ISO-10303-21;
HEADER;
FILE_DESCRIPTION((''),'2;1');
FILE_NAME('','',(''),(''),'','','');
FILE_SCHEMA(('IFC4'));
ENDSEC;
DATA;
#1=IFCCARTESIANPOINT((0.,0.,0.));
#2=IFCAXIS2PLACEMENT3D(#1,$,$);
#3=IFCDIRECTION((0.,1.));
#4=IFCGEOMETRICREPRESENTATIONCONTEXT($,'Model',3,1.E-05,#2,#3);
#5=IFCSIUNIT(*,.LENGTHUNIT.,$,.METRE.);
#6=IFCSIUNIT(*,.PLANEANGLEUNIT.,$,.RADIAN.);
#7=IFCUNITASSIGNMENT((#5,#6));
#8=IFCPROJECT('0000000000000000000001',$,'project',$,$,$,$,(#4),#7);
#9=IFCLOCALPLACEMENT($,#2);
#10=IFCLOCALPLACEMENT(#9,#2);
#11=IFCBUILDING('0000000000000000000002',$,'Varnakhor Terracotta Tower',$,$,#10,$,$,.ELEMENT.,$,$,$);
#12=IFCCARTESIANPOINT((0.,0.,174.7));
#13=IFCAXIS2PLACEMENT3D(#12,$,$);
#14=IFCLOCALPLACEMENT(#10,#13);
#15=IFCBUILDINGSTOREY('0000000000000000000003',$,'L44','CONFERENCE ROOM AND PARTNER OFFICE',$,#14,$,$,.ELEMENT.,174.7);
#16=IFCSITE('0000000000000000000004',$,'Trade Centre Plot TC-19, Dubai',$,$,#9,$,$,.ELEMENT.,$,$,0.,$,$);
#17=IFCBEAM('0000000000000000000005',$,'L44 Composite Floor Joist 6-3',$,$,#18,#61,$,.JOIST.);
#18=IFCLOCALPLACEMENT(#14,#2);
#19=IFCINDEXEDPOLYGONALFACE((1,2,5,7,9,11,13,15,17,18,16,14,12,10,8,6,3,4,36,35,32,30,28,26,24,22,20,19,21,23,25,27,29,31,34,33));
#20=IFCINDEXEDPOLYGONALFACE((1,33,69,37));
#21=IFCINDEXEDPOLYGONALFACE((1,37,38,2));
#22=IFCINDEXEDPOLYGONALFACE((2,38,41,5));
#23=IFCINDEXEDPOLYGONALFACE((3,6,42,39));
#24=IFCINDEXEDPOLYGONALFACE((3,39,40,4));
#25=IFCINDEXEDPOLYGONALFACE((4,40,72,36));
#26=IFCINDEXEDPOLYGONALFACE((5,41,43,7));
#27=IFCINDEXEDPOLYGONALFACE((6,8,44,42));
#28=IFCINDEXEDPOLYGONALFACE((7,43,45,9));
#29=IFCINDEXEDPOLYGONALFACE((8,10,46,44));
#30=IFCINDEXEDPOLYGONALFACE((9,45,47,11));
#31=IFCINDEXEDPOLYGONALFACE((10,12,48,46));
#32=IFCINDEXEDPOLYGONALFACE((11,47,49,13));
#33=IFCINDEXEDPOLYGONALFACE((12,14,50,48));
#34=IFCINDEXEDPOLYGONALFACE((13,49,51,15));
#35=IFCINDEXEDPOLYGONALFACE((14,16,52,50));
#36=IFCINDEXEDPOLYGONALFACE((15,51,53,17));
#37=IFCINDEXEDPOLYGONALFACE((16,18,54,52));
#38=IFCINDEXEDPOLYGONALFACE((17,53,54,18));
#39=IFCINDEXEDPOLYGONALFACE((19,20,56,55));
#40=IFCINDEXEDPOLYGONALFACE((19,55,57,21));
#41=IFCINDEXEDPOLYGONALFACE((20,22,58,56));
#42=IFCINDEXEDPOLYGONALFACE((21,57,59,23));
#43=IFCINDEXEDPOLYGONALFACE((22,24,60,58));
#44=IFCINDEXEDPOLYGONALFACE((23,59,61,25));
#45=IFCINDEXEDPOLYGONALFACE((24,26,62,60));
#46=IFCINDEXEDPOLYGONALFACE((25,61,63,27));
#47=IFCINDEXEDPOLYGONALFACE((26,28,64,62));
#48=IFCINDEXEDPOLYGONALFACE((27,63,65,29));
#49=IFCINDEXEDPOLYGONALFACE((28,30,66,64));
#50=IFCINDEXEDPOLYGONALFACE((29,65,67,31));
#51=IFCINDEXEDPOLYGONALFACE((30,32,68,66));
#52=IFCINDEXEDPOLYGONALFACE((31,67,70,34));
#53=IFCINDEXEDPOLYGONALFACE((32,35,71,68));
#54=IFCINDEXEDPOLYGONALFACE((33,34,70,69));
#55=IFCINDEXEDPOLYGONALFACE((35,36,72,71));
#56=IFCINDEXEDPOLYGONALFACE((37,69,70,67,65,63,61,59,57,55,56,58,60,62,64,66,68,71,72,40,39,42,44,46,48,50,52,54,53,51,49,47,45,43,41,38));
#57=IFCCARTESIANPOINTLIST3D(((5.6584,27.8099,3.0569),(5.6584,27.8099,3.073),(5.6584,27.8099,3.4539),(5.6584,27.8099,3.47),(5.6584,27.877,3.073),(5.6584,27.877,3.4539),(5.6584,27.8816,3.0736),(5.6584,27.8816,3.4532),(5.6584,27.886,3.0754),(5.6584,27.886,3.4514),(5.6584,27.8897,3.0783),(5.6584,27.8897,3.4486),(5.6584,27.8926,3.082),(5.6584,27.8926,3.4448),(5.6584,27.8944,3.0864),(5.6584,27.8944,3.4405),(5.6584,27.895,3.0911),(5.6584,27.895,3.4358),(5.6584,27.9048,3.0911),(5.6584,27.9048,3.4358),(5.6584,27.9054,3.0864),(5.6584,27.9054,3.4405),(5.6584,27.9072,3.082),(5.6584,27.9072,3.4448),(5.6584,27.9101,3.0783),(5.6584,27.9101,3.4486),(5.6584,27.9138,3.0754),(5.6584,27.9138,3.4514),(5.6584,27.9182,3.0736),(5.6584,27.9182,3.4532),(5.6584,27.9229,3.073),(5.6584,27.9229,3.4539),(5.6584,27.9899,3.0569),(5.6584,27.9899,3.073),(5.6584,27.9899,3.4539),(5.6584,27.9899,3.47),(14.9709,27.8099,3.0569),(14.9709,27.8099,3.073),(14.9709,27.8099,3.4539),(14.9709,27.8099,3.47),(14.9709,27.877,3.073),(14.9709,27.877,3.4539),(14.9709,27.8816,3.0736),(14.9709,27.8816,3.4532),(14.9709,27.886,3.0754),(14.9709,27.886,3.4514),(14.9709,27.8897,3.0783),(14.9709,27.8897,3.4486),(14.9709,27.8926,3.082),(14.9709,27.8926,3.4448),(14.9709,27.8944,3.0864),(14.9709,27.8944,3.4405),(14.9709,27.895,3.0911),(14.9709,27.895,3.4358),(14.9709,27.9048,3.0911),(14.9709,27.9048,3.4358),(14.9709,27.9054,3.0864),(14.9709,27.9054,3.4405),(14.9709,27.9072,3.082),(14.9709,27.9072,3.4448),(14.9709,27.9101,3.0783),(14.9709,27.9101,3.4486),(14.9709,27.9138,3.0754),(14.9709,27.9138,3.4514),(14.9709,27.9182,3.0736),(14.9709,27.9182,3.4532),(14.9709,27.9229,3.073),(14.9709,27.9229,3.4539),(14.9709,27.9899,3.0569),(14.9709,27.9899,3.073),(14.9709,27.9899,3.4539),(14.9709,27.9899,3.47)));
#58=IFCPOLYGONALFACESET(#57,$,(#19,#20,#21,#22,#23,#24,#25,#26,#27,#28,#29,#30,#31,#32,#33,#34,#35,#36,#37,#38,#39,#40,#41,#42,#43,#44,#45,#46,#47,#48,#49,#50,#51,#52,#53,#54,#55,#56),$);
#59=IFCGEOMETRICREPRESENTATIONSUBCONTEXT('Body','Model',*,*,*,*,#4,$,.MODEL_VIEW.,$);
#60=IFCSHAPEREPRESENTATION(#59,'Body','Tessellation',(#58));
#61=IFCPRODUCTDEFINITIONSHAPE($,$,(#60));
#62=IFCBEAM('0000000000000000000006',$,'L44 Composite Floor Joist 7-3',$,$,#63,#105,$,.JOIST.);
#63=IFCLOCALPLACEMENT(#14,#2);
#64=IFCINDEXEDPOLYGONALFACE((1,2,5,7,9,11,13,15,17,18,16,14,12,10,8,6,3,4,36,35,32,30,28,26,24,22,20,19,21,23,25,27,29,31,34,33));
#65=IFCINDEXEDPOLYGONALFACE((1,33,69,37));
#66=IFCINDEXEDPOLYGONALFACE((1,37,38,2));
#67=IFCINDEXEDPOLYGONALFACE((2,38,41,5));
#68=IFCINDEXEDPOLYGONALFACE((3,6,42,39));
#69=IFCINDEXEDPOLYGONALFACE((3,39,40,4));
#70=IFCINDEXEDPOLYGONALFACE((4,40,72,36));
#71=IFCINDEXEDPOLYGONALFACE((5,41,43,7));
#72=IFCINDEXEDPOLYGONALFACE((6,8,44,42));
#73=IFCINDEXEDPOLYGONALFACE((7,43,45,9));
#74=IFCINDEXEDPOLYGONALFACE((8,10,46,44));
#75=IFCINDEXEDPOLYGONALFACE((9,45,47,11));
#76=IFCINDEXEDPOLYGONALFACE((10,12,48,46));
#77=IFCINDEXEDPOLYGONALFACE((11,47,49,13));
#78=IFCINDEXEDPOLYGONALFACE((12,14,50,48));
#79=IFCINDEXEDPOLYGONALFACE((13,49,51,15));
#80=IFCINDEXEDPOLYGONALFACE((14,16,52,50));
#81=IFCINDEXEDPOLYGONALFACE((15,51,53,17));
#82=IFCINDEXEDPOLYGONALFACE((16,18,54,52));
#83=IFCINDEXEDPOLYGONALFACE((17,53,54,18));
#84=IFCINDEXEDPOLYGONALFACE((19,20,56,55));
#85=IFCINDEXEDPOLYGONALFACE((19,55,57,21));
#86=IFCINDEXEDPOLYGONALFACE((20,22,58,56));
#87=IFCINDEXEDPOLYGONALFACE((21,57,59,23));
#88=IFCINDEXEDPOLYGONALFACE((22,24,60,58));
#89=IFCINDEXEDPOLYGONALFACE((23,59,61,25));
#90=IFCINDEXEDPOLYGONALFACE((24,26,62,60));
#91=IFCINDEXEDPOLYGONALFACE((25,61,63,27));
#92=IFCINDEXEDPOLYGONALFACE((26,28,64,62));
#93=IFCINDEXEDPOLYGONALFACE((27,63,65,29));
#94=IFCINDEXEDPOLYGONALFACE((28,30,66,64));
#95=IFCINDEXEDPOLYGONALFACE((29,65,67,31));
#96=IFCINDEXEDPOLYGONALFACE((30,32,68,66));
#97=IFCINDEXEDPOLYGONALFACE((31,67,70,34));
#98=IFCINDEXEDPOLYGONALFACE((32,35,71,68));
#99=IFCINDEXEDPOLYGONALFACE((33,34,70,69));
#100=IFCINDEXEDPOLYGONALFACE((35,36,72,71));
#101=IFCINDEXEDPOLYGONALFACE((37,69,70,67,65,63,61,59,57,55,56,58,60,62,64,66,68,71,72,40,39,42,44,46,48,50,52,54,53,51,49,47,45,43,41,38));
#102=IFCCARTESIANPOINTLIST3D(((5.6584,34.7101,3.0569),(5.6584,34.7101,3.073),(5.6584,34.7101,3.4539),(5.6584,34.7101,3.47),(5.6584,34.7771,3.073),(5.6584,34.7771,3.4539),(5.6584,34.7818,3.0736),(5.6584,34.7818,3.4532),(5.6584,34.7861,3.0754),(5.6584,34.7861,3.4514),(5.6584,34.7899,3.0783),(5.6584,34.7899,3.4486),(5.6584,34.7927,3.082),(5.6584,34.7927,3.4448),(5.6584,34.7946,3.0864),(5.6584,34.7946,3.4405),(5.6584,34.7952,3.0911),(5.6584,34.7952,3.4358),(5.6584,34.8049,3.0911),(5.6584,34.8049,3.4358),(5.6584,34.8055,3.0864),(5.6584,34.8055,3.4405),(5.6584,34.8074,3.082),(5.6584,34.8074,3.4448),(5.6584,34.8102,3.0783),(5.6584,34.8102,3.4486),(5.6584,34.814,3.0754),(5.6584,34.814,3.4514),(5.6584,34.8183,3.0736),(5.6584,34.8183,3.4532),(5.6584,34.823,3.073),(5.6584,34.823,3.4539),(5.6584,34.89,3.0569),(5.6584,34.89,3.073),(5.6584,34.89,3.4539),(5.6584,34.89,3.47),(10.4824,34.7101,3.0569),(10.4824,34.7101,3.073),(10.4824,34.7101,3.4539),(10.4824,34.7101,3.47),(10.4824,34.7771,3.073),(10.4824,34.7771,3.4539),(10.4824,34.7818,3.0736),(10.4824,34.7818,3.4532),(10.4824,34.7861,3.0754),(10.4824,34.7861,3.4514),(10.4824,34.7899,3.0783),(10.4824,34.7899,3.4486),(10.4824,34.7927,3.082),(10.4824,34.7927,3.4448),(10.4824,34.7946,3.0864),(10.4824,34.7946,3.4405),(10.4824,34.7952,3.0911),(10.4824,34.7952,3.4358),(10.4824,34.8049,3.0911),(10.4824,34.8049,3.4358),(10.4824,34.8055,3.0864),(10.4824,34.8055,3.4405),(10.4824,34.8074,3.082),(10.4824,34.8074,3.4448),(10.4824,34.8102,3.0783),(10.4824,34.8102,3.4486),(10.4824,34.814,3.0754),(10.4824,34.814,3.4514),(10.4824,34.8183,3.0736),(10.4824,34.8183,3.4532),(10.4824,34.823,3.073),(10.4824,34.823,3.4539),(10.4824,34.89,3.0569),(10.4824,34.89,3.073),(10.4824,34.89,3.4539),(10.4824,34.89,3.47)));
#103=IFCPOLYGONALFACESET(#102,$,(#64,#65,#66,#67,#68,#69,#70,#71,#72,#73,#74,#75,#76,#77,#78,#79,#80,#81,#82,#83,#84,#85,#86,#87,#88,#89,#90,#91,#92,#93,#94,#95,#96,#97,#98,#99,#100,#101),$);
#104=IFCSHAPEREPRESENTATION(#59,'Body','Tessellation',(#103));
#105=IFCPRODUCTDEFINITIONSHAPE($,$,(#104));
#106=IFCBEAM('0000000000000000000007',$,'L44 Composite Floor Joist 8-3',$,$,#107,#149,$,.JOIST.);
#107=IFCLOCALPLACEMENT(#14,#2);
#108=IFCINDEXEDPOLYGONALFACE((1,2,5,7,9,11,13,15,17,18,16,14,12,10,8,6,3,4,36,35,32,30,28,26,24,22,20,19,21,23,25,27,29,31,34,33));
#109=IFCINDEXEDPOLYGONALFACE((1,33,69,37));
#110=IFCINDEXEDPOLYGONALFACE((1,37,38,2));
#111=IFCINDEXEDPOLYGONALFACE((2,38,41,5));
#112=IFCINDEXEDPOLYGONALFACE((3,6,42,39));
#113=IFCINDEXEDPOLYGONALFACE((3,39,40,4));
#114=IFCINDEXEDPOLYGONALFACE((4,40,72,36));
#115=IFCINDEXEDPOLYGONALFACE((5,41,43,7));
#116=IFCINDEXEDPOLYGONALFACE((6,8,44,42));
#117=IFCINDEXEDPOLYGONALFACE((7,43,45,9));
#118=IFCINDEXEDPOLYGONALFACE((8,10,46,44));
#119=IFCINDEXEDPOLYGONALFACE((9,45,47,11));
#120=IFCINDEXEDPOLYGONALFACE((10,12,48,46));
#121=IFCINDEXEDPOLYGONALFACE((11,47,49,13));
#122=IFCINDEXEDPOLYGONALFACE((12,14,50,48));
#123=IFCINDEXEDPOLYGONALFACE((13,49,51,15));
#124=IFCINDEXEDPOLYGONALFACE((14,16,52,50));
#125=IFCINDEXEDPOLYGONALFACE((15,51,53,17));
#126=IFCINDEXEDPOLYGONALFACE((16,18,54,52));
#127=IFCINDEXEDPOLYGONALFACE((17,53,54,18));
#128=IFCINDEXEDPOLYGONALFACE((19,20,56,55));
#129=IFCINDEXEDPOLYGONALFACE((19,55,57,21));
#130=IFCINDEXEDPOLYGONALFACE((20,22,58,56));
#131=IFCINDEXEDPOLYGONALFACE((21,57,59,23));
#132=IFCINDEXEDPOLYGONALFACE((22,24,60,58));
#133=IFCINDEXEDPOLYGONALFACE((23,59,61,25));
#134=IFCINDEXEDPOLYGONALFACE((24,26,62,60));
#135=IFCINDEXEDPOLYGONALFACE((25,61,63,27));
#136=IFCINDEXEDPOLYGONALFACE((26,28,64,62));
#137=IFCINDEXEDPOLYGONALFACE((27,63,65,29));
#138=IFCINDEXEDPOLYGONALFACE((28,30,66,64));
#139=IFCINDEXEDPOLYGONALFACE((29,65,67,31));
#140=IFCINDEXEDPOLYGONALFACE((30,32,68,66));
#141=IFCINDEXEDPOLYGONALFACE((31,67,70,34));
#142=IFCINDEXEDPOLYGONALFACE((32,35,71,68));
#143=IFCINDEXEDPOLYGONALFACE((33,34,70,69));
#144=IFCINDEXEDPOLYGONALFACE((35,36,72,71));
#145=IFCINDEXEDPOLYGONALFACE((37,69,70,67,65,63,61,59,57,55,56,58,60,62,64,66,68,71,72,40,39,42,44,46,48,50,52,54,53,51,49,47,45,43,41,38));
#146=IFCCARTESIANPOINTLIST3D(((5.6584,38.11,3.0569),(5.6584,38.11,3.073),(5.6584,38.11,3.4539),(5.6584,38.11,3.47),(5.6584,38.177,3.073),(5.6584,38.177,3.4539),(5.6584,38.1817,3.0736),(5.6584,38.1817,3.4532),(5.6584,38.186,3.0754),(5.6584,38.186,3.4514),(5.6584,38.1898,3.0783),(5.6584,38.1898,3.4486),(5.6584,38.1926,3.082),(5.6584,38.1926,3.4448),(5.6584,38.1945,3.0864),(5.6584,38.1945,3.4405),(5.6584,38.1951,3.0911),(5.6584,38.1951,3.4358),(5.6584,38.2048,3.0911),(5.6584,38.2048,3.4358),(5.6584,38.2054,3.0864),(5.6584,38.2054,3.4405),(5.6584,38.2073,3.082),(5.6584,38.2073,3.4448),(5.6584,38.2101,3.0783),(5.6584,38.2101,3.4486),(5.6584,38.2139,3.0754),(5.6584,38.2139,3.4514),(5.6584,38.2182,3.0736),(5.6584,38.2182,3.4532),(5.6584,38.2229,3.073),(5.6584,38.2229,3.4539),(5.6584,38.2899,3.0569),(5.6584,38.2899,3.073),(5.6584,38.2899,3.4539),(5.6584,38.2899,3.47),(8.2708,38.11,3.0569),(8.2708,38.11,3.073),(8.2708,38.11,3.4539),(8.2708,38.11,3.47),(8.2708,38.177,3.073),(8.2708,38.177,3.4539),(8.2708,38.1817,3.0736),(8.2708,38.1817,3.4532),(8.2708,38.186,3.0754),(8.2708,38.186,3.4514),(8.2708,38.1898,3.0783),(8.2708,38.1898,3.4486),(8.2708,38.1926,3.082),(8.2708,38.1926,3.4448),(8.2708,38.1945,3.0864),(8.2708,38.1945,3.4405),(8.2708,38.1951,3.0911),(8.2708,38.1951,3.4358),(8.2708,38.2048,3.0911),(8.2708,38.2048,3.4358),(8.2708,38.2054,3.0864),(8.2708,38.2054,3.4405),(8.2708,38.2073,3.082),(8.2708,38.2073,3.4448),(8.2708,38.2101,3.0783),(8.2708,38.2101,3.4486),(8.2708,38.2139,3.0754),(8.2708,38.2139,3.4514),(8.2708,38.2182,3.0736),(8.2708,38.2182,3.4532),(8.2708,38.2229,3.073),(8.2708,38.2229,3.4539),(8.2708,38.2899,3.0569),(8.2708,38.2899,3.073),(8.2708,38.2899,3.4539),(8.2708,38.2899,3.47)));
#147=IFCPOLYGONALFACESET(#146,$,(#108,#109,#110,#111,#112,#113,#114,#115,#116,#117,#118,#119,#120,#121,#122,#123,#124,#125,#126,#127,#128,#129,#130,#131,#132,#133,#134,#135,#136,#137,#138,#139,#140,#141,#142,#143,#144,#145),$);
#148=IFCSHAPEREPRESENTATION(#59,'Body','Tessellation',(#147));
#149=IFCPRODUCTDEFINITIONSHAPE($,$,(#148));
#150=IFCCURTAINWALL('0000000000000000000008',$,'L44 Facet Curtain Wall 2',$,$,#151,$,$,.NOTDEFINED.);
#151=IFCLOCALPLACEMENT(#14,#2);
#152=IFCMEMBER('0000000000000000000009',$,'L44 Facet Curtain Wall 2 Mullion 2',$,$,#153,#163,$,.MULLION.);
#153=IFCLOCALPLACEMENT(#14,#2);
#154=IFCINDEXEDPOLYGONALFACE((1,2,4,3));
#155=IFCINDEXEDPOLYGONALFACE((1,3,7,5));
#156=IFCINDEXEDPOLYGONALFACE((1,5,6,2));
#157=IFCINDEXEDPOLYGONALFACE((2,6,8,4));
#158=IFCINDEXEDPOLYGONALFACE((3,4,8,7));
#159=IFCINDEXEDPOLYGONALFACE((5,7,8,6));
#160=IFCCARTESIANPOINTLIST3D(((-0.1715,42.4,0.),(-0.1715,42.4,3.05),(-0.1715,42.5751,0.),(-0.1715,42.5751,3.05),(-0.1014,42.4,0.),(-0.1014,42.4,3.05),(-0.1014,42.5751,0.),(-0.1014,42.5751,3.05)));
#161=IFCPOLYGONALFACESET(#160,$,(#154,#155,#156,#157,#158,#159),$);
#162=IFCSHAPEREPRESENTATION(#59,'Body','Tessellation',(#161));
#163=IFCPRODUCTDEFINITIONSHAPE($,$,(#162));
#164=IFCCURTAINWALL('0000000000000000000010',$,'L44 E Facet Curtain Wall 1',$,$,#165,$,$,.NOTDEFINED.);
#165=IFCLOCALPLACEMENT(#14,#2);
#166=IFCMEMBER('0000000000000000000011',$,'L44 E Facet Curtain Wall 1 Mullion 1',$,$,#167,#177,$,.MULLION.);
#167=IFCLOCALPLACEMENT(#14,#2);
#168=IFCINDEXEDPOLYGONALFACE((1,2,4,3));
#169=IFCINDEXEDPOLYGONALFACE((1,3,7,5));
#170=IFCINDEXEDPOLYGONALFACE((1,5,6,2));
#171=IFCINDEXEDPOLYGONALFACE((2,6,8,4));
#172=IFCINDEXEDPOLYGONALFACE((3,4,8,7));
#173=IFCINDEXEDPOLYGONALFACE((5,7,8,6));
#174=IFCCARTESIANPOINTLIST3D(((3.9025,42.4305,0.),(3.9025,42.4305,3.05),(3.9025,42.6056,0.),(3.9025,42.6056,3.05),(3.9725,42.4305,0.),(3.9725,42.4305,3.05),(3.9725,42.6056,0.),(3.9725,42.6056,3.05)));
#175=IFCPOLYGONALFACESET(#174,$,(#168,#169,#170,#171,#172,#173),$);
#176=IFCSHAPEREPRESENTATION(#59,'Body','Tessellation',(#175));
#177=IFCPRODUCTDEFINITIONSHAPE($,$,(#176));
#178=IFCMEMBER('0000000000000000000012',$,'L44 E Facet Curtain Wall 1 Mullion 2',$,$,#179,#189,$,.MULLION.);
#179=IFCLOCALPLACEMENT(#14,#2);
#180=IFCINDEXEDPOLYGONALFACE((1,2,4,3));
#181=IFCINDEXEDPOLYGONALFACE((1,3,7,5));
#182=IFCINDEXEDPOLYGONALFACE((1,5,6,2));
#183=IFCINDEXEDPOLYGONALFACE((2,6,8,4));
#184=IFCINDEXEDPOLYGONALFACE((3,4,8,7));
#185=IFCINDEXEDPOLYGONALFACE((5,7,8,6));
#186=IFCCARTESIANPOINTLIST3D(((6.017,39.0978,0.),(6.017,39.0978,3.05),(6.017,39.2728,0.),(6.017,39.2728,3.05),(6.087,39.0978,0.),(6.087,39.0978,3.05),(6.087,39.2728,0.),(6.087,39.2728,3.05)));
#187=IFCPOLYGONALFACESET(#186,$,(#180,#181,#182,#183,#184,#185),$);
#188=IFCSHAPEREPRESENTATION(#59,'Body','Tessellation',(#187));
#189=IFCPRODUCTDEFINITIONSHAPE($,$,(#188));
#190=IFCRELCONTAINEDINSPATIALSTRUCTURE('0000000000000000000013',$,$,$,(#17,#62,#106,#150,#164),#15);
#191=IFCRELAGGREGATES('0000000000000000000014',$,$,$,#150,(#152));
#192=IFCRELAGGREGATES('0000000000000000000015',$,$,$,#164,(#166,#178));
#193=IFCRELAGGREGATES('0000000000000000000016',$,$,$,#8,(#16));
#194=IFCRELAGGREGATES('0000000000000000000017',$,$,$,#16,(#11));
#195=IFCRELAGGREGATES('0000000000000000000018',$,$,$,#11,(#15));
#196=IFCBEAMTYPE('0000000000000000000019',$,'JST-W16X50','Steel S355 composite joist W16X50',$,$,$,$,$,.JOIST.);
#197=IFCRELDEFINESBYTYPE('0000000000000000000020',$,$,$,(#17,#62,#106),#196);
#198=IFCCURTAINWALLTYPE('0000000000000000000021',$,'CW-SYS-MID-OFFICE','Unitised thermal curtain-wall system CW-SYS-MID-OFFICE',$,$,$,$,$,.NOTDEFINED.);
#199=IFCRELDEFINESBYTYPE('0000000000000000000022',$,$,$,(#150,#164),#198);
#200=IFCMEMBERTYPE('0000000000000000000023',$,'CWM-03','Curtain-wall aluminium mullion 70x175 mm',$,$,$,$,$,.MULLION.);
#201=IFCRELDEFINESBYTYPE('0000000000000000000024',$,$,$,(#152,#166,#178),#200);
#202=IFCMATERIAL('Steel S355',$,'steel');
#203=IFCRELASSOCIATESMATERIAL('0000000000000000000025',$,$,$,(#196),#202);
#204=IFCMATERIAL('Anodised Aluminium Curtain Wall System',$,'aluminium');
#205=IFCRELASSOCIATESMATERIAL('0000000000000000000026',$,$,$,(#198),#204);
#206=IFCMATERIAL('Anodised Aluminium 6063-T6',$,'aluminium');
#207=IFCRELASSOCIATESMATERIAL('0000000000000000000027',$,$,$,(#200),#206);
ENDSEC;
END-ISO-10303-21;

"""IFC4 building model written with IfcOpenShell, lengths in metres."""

from ifc_helpers import new_model, si_unit, direction, frame, origin, origin_2d, place, context, subcontext, project, spatial, rectangle, i_section, extrude, source, transform, mapped, material, material_profile, profile_set, type_object, element, aggregate, save


model = new_model("IFC4")

# Units and contexts
model_context = context("Model", 3, precision=1e-05, world=origin(), true_north=direction((0.0, 1.0)))
body_context = subcontext(model_context, "Body", "Model", "MODEL_VIEW")
ifc_project = project(units=[si_unit("LENGTHUNIT", "METRE"), si_unit("PLANEANGLEUNIT", "RADIAN")], contexts=[model_context])

# Site, building, storey
site_placement = place(None, origin())
site = spatial("IfcSite", under=ifc_project, at=site_placement, Name="Trade Centre Plot TC-19, Dubai", CompositionType="ELEMENT", RefElevation=0.0)
building_placement = place(site_placement, origin())
building = spatial("IfcBuilding", under=site, at=building_placement, Name="Varnakhor Terracotta Tower", CompositionType="ELEMENT")
storey_placement = place(building_placement, frame((0.0, 0.0, 174.7)))
storey = spatial("IfcBuildingStorey", under=building, at=storey_placement, Name="L44", Description="CONFERENCE ROOM AND PARTNER OFFICE", CompositionType="ELEMENT", Elevation=174.7)

# Beams
ifc_material_1 = material(Name="Steel S355", Category="steel")
ifc_material_profile_1 = material_profile(ifc_material_1, i_section(OverallWidth=0.1799, OverallDepth=0.4131, WebThickness=0.0098, FlangeThickness=0.0161, FilletRadius=0.0181, at=origin_2d()), Name="W16X50")
ifc_profile_set_1 = profile_set([ifc_material_profile_1], Name="Steel S355")
beam_type_1 = type_object("IfcBeamType", Name="JST-W16X50", Description="Steel S355 composite joist W16X50", PredefinedType="JOIST", material=ifc_profile_set_1)
shared_shape_1 = source(origin(), body_context, "Body", "SweptSolid", [
    extrude(i_section(OverallWidth=0.1799, OverallDepth=0.4131, WebThickness=0.0098, FlangeThickness=0.0161, FilletRadius=0.0181, at=origin_2d()), origin(), (0.0, 0.0, 1.0), 9.3125),
])
beam_1_placement = place(storey_placement, frame((5.6584, 27.8999, 3.2634), z_axis=(1.0, 0.0, 0.0), x_axis=(0.0, 1.0, 0.0)))
element("IfcBeam", 1, at=beam_1_placement, inside=storey, type_object=beam_type_1, Name="L44 Composite Floor Joist 6-3", PredefinedType="JOIST", context=body_context, shape_type="MappedRepresentation", body=[
    mapped(shared_shape_1, transform((0.0, 0.0, 0.0), scale=1.0)),
])
shared_shape_2 = source(origin(), body_context, "Body", "SweptSolid", [
    extrude(i_section(OverallWidth=0.1799, OverallDepth=0.4131, WebThickness=0.0098, FlangeThickness=0.0161, FilletRadius=0.0181, at=origin_2d()), origin(), (0.0, 0.0, 1.0), 4.824),
])
beam_2_placement = place(storey_placement, frame((5.6584, 34.8, 3.2634), z_axis=(1.0, 0.0, 0.0), x_axis=(0.0, 1.0, 0.0)))
element("IfcBeam", 2, at=beam_2_placement, inside=storey, type_object=beam_type_1, Name="L44 Composite Floor Joist 7-3", PredefinedType="JOIST", context=body_context, shape_type="MappedRepresentation", body=[
    mapped(shared_shape_2, transform((0.0, 0.0, 0.0), scale=1.0)),
])
shared_shape_3 = source(origin(), body_context, "Body", "SweptSolid", [
    extrude(i_section(OverallWidth=0.1799, OverallDepth=0.4131, WebThickness=0.0098, FlangeThickness=0.0161, FilletRadius=0.0181, at=origin_2d()), origin(), (0.0, 0.0, 1.0), 2.6123),
])
beam_3_placement = place(storey_placement, frame((5.6584, 38.2, 3.2634), z_axis=(1.0, 0.0, 0.0), x_axis=(0.0, 1.0, 0.0)))
element("IfcBeam", 3, at=beam_3_placement, inside=storey, type_object=beam_type_1, Name="L44 Composite Floor Joist 8-3", PredefinedType="JOIST", context=body_context, shape_type="MappedRepresentation", body=[
    mapped(shared_shape_3, transform((0.0, 0.0, 0.0), scale=1.0)),
])

# Curtain wall, member
ifc_material_2 = material(Name="Anodised Aluminium Curtain Wall System", Category="aluminium")
curtain_wall_type = type_object("IfcCurtainWallType", Name="CW-SYS-MID-OFFICE", Description="Unitised thermal curtain-wall system CW-SYS-MID-OFFICE", PredefinedType="NOTDEFINED", material=ifc_material_2)
curtain_wall_1_placement = place(storey_placement, origin())
curtain_wall_1 = element("IfcCurtainWall", 4, at=curtain_wall_1_placement, inside=storey, type_object=curtain_wall_type, Name="L44 Facet Curtain Wall 2", PredefinedType="NOTDEFINED")
ifc_material_3 = material(Name="Anodised Aluminium 6063-T6", Category="aluminium")
ifc_material_profile_2 = material_profile(ifc_material_3, rectangle(XDim=0.0701, YDim=0.175, at=origin_2d()), Name="ALU MULLION 70x175")
ifc_profile_set_2 = profile_set([ifc_material_profile_2], Name="Anodised Aluminium 6063-T6")
member_type_1 = type_object("IfcMemberType", Name="CWM-03", Description="Curtain-wall aluminium mullion 70x175 mm", PredefinedType="MULLION", material=ifc_profile_set_2)
shared_shape_4 = source(origin(), body_context, "Body", "SweptSolid", [
    extrude(rectangle(XDim=0.0701, YDim=0.175, at=origin_2d()), origin(), (0.0, 0.0, 1.0), 3.05),
])
member_1_placement = place(storey_placement, frame((-0.1365, 42.4875, 0.0), z_axis=(0.0, 0.0, 1.0), x_axis=(1.0, 0.0, 0.0)))
member_1 = element("IfcMember", 5, at=member_1_placement, type_object=member_type_1, Name="L44 Facet Curtain Wall 2 Mullion 2", PredefinedType="MULLION", context=body_context, shape_type="MappedRepresentation", body=[
    mapped(shared_shape_4, transform((0.0, 0.0, 0.0), scale=1.0)),
])

# Curtain wall, members
curtain_wall_2_placement = place(storey_placement, origin())
curtain_wall_2 = element("IfcCurtainWall", 6, at=curtain_wall_2_placement, inside=storey, type_object=curtain_wall_type, Name="L44 E Facet Curtain Wall 1", PredefinedType="NOTDEFINED")
member_2_placement = place(storey_placement, frame((3.9375, 42.5181, 0.0), z_axis=(0.0, 0.0, 1.0), x_axis=(1.0, 0.0, 0.0)))
member_2 = element("IfcMember", 7, at=member_2_placement, type_object=member_type_1, Name="L44 E Facet Curtain Wall 1 Mullion 1", PredefinedType="MULLION", context=body_context, shape_type="MappedRepresentation", body=[
    mapped(shared_shape_4, transform((0.0, 0.0, 0.0), scale=1.0)),
])
member_3_placement = place(storey_placement, frame((6.052, 39.1853, 0.0), z_axis=(0.0, 0.0, 1.0), x_axis=(1.0, 0.0, 0.0)))
member_3 = element("IfcMember", 8, at=member_3_placement, type_object=member_type_1, Name="L44 E Facet Curtain Wall 1 Mullion 2", PredefinedType="MULLION", context=body_context, shape_type="MappedRepresentation", body=[
    mapped(shared_shape_4, transform((0.0, 0.0, 0.0), scale=1.0)),
])

aggregate(curtain_wall_1, [member_1])
aggregate(curtain_wall_2, [member_2, member_3])

save(model, "model.ifc")
